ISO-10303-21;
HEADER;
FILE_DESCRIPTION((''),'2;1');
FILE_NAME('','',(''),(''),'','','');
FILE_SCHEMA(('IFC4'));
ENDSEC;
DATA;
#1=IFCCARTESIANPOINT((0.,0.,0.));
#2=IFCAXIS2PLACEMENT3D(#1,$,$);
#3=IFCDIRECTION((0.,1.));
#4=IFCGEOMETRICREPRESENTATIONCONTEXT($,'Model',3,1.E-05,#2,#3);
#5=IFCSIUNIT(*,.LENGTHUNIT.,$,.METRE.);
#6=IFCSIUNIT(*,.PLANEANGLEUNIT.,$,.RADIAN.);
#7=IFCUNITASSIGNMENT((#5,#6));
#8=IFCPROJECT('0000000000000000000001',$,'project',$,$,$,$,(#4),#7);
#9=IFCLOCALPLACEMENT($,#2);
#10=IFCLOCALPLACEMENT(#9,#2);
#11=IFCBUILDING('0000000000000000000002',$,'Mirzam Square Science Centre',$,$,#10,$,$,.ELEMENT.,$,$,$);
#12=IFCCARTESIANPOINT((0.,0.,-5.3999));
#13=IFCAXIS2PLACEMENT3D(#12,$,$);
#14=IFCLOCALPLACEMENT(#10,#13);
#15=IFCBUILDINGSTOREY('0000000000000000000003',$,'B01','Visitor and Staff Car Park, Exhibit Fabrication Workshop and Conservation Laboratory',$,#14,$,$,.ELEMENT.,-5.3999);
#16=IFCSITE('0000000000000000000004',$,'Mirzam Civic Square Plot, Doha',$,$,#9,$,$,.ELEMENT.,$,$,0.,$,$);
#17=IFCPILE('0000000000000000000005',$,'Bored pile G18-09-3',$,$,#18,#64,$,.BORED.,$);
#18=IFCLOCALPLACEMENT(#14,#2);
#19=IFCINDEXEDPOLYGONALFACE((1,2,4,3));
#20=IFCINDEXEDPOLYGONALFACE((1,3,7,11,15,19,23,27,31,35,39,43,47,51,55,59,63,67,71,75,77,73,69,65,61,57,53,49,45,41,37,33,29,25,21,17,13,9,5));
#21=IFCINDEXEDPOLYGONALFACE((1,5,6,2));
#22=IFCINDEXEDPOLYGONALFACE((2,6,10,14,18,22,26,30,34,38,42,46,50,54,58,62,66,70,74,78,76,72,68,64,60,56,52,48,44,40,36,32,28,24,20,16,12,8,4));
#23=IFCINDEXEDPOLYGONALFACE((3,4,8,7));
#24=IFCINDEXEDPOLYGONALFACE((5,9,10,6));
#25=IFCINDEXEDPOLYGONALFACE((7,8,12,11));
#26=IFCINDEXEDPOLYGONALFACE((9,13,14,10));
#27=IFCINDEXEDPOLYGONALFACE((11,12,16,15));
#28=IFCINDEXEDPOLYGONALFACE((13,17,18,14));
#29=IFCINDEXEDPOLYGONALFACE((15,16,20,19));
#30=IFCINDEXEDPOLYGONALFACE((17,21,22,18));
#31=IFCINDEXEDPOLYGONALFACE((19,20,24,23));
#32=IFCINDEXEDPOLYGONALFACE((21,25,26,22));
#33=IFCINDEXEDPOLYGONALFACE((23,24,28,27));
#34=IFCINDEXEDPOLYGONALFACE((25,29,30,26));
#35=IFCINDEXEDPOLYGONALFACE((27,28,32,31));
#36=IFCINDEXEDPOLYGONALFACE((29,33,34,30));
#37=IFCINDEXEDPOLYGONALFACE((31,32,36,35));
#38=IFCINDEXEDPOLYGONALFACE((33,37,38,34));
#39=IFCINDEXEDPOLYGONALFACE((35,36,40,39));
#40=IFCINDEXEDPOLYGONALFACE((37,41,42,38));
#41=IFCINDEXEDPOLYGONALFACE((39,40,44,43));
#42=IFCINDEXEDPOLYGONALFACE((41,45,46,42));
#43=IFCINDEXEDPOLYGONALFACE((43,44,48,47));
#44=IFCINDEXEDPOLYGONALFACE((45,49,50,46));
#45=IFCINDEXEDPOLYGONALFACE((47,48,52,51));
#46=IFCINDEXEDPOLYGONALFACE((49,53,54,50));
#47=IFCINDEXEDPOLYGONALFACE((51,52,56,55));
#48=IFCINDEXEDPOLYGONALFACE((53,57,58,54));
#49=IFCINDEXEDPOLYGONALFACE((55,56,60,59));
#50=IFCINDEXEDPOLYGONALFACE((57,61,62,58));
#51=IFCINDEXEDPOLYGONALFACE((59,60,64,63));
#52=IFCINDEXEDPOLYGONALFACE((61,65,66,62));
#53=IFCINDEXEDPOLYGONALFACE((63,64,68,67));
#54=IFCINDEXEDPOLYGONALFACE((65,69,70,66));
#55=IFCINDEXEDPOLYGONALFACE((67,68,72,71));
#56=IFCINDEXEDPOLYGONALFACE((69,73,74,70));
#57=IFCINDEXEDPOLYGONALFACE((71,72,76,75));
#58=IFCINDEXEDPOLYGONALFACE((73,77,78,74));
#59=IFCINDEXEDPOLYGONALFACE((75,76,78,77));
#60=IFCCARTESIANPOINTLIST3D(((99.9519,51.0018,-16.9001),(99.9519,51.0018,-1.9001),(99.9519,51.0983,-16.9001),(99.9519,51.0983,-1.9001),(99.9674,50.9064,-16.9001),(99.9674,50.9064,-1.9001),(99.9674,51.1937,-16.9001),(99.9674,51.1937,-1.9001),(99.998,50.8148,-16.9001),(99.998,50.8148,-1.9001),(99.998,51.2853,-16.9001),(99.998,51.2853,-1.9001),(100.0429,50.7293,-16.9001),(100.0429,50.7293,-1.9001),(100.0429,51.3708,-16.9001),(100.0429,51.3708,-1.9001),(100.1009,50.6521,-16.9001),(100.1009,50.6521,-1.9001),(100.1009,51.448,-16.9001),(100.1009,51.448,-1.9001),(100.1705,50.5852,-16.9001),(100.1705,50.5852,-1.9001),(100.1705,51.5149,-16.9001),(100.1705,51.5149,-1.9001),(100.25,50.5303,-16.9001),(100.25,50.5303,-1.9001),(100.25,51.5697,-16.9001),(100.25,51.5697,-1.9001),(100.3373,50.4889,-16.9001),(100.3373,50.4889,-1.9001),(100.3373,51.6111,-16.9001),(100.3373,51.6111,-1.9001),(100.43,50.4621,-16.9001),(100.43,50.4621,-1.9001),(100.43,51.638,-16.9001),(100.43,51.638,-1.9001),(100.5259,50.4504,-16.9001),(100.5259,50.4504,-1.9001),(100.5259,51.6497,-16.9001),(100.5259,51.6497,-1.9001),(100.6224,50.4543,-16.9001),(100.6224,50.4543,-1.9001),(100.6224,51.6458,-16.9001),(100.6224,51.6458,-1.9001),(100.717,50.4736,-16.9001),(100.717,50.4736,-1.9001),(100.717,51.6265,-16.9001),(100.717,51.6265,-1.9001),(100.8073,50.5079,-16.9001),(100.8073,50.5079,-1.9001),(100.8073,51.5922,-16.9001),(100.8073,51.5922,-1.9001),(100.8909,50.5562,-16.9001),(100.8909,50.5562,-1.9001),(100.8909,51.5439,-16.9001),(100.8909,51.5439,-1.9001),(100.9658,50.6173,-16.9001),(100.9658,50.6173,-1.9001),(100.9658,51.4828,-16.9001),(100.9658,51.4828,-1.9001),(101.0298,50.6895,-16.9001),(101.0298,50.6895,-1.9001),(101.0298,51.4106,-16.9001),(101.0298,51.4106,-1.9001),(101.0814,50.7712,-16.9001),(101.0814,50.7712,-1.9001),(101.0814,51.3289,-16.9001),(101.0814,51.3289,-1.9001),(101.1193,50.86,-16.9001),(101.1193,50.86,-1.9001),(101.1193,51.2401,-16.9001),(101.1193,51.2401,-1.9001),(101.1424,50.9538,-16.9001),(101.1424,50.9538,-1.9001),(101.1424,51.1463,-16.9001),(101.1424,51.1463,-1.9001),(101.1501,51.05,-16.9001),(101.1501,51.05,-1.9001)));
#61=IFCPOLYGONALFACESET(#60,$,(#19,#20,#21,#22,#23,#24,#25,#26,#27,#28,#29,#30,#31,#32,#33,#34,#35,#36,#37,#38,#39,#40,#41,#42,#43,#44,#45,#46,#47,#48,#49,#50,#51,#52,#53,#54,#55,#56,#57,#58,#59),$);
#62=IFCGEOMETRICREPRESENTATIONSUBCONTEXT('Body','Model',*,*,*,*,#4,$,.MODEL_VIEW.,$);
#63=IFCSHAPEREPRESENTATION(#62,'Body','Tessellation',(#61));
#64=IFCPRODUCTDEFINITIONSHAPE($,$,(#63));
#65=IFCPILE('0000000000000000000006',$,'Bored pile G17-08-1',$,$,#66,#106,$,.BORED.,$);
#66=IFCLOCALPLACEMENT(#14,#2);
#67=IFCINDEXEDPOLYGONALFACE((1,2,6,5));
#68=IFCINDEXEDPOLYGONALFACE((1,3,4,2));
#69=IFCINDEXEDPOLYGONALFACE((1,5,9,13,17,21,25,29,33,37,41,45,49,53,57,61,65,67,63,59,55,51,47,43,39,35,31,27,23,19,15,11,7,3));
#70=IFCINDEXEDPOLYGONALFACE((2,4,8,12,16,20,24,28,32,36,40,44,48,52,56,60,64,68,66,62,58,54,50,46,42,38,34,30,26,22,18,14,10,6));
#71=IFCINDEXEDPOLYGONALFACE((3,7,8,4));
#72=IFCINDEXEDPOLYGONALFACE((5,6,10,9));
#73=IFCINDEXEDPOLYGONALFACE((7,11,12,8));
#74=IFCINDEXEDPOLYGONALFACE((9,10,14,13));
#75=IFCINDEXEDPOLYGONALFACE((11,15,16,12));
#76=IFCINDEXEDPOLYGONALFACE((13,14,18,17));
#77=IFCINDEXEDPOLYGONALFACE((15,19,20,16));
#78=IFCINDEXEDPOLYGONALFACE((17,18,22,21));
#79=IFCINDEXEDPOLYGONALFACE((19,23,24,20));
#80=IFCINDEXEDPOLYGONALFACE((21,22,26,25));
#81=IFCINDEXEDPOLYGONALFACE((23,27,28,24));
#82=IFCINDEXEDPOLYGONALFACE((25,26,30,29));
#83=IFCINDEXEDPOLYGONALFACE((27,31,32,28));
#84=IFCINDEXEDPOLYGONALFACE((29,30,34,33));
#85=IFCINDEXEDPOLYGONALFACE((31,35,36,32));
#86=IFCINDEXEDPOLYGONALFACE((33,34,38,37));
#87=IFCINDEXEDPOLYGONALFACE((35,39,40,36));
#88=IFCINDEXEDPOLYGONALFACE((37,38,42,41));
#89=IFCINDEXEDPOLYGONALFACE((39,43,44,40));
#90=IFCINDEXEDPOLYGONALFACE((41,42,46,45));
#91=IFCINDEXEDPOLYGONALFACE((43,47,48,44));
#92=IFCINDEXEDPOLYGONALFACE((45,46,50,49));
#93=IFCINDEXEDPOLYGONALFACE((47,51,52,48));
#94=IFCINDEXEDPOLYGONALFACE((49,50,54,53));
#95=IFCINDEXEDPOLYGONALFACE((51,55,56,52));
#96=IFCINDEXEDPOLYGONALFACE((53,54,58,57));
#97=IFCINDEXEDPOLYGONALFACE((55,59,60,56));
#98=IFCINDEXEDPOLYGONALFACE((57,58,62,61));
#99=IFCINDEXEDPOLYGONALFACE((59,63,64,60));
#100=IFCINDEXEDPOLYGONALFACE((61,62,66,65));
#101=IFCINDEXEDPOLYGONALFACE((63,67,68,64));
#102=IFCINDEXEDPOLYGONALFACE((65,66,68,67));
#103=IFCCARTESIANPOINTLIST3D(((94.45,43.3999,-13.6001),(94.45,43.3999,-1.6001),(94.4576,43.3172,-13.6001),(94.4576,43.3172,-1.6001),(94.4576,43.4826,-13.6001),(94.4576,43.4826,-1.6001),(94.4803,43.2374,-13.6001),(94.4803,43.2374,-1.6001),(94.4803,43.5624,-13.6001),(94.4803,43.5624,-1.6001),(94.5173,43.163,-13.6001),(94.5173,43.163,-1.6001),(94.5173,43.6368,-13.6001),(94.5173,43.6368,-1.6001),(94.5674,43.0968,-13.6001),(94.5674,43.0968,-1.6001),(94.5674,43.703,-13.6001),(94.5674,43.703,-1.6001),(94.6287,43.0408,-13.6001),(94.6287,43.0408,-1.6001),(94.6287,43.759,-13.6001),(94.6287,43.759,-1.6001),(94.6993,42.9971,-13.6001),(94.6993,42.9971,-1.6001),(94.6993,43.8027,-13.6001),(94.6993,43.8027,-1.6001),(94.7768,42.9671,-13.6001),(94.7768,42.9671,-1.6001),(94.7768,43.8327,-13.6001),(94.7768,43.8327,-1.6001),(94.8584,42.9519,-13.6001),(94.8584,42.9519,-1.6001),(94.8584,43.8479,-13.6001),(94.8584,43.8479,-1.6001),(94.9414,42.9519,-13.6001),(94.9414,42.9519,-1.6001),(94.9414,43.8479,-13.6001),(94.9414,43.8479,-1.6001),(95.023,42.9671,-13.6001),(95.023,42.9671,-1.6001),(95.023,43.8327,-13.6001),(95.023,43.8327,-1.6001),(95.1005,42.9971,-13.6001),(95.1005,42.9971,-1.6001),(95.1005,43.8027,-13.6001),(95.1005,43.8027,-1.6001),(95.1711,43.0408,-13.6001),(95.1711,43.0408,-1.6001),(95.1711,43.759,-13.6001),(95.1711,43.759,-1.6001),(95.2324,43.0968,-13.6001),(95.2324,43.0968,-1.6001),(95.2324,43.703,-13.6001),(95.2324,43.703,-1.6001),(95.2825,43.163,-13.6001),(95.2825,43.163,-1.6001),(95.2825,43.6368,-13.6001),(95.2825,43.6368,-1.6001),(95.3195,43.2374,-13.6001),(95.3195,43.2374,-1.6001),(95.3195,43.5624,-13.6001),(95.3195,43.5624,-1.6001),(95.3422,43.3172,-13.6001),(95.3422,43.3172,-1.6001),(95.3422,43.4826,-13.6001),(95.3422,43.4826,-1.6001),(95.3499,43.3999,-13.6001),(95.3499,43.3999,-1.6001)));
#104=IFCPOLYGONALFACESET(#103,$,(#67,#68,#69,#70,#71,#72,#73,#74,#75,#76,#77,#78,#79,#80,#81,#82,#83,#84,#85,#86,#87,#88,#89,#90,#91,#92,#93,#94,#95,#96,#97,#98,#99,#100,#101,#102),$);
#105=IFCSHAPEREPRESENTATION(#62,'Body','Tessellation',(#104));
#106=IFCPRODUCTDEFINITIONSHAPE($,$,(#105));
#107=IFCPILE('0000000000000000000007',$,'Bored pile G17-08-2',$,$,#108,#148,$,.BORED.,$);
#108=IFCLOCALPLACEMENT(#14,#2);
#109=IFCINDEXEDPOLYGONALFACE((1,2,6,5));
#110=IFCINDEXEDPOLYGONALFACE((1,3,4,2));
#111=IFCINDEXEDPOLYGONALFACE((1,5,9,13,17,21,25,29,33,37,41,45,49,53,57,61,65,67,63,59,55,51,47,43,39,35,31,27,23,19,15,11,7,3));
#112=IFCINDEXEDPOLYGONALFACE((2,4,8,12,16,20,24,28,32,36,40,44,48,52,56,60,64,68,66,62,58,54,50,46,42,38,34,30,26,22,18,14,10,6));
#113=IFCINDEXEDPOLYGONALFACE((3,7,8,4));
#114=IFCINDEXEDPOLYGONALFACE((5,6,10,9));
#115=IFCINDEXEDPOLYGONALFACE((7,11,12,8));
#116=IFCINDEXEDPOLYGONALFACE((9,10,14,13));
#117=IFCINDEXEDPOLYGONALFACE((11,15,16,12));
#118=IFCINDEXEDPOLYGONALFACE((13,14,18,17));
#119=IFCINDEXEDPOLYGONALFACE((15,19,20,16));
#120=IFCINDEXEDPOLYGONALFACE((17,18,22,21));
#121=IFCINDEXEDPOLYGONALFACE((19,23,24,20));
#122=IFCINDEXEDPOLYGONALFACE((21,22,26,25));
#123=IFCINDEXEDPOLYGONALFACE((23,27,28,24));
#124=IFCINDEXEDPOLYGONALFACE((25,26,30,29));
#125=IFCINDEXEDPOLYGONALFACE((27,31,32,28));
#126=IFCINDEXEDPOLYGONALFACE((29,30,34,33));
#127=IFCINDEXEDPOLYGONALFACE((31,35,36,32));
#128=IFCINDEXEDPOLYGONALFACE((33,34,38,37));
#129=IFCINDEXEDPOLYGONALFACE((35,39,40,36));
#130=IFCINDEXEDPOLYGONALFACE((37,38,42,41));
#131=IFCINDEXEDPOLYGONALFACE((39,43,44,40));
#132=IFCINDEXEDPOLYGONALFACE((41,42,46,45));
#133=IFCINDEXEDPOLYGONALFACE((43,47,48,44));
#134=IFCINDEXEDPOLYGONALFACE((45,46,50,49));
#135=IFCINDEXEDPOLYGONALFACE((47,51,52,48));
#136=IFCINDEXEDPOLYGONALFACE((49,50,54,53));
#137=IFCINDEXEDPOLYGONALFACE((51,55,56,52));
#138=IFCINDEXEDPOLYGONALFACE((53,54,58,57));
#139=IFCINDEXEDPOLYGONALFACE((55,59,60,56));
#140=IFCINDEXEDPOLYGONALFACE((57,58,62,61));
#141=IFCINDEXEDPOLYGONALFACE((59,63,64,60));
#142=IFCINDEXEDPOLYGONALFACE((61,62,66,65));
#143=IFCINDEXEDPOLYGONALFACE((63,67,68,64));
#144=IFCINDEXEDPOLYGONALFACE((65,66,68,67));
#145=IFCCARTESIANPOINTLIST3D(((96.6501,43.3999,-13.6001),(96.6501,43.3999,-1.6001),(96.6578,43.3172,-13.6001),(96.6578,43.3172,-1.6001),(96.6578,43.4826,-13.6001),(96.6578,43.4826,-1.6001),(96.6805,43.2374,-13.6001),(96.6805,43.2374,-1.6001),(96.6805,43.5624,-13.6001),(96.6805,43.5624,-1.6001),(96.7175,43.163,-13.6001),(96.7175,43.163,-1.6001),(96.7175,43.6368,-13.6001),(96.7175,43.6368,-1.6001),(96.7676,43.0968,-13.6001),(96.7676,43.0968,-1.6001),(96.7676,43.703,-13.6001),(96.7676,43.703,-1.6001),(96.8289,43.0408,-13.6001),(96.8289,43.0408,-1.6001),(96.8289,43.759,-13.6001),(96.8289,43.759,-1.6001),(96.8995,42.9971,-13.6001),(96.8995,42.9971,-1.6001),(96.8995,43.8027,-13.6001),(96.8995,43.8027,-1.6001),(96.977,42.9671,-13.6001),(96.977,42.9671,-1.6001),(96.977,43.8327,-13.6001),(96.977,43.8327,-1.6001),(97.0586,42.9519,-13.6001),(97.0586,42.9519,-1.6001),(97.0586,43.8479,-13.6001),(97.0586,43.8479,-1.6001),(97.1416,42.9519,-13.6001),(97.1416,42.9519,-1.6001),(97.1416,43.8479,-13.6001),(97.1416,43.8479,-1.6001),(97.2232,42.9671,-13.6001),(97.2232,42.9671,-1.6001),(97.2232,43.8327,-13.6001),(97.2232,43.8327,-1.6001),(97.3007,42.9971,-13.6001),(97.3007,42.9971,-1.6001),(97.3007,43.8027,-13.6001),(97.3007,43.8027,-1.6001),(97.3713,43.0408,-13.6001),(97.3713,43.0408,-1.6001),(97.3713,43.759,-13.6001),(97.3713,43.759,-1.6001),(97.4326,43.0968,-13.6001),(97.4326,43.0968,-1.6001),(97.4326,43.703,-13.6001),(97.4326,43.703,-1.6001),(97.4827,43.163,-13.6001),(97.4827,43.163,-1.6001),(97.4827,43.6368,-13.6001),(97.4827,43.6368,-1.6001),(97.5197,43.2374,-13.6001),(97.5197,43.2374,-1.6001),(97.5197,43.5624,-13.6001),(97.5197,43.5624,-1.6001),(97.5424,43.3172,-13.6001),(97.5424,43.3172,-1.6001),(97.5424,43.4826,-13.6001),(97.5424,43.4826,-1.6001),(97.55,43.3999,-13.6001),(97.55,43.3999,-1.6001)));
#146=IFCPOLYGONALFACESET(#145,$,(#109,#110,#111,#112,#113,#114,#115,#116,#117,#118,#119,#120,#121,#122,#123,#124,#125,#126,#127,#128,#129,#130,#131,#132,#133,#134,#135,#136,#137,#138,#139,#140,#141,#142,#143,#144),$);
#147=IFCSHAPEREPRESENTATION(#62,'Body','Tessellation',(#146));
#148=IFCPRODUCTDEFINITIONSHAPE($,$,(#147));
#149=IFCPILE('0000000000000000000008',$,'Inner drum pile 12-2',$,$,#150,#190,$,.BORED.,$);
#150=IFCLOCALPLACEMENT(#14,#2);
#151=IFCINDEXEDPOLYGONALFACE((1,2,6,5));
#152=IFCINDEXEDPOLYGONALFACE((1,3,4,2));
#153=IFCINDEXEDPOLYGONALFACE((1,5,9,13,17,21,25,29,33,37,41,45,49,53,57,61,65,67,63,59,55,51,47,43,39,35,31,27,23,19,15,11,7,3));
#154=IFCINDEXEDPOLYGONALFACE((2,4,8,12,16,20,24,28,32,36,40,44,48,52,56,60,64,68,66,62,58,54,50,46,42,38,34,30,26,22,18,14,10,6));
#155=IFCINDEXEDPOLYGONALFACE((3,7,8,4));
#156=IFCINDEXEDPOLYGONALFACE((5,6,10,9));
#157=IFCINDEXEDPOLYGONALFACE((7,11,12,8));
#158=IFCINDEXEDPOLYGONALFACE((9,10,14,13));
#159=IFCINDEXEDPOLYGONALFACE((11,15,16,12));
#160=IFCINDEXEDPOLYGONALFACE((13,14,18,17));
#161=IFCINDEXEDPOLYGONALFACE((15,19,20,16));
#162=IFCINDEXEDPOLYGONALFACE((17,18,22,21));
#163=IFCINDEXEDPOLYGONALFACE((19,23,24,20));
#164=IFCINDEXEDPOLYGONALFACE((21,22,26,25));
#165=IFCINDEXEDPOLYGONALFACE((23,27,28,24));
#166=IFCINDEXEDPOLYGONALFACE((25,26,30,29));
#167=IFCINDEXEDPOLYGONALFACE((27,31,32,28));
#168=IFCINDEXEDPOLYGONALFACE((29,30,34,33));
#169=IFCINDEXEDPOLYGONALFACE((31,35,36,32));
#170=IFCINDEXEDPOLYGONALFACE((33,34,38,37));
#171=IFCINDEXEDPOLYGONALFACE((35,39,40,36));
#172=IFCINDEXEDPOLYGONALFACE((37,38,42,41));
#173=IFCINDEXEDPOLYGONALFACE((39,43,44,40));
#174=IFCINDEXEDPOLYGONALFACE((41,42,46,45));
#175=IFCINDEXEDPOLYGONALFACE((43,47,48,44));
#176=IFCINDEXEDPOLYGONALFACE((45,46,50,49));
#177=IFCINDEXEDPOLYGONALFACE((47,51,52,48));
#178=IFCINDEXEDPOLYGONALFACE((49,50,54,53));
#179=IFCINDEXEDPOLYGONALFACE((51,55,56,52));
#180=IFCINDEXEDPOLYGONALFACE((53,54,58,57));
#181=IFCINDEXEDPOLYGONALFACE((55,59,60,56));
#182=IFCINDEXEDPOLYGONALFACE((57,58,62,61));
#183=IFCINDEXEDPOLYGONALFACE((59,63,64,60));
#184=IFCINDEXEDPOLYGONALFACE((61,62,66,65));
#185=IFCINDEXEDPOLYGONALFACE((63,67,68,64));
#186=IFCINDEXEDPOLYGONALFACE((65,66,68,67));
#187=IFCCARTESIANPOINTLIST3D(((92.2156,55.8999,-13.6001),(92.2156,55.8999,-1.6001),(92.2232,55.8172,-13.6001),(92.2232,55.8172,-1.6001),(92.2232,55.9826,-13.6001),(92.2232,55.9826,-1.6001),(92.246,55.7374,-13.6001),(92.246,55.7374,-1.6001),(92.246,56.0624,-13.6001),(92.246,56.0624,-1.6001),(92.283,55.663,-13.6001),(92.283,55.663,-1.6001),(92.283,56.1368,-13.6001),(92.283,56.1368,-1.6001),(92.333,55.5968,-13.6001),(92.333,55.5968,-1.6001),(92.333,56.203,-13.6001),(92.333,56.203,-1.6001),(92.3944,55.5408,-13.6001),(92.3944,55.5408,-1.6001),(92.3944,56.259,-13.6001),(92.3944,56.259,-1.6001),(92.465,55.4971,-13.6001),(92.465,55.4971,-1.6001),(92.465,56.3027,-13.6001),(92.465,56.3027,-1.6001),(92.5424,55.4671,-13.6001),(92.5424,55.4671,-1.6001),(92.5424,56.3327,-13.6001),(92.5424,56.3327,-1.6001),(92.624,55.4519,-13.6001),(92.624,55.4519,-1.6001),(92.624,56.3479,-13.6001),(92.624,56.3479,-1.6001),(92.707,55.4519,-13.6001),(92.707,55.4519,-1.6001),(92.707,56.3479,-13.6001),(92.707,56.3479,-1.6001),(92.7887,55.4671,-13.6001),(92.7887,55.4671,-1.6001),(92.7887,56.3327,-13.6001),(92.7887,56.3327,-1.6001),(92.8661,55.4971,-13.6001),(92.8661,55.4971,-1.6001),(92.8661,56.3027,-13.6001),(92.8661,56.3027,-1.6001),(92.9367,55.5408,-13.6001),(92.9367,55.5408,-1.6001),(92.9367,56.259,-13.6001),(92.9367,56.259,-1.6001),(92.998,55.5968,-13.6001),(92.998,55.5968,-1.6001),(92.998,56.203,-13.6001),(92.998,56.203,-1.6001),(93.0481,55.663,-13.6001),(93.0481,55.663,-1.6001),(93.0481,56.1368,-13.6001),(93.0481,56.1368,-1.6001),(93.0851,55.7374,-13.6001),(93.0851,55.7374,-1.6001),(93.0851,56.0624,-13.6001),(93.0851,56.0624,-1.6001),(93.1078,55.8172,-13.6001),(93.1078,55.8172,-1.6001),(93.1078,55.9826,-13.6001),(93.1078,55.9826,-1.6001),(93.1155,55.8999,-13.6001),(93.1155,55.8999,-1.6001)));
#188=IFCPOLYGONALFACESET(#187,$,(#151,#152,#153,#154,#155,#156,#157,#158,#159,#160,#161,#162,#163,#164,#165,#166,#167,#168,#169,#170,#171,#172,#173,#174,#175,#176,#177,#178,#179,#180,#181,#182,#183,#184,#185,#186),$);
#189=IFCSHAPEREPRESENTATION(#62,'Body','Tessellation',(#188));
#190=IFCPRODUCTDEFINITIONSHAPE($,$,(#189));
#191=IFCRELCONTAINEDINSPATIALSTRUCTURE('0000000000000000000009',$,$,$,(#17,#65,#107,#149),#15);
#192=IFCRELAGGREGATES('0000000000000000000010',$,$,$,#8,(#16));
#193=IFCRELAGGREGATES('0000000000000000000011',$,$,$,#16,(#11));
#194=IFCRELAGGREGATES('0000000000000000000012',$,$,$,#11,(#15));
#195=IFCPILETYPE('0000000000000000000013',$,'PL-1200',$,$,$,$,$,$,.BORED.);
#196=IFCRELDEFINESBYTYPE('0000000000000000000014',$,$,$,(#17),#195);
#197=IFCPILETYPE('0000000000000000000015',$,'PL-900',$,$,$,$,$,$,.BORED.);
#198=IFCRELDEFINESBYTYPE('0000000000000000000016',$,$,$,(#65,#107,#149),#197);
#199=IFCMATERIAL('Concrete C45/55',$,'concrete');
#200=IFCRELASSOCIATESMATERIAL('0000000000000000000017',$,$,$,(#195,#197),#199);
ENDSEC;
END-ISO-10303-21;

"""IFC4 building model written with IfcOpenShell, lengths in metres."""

from ifc_helpers import new_model, si_unit, direction, frame, origin, origin_2d, place, context, subcontext, project, spatial, circle, extrude, material, material_profile, profile_set, type_object, element, save


model = new_model("IFC4")

# Units and contexts
model_context = context("Model", 3, precision=1e-05, world=origin(), true_north=direction((0.0, 1.0)))
body_context = subcontext(model_context, "Body", "Model", "MODEL_VIEW")
ifc_project = project(units=[si_unit("LENGTHUNIT", "METRE"), si_unit("PLANEANGLEUNIT", "RADIAN")], contexts=[model_context])

# Site, building, storey
site_placement = place(None, origin())
site = spatial("IfcSite", under=ifc_project, at=site_placement, Name="Mirzam Civic Square Plot, Doha", CompositionType="ELEMENT", RefElevation=0.0)
building_placement = place(site_placement, origin())
building = spatial("IfcBuilding", under=site, at=building_placement, Name="Mirzam Square Science Centre", CompositionType="ELEMENT")
storey_placement = place(building_placement, frame((0.0, 0.0, -5.3999)))
storey = spatial("IfcBuildingStorey", under=building, at=storey_placement, Name="B01", Description="Visitor and Staff Car Park, Exhibit Fabrication Workshop and Conservation Laboratory", CompositionType="ELEMENT", Elevation=-5.3999)

# Shared definitions
ifc_material_1 = material(Name="Concrete C45/55", Category="concrete")

# Piles
ifc_material_profile_1 = material_profile(ifc_material_1, circle(Radius=0.6001, at=origin_2d()), Name="PILE-D1200")
ifc_profile_set_1 = profile_set([ifc_material_profile_1], Name="Concrete C45/55")
pile_type_1 = type_object("IfcPileType", Name="PL-1200", PredefinedType="BORED", material=ifc_profile_set_1)
for number, where, z_axis, x_axis, name in (
    (1, (100.55, 51.05, -1.9001), (0.0, 0.0, -1.0), (1.0, 0.0, 0.0), "Bored pile G18-09-3"),
):
    element("IfcPile", number, at=place(storey_placement, frame(where, z_axis=z_axis, x_axis=x_axis)), inside=storey, type_object=pile_type_1, Name=name, PredefinedType="BORED", context=body_context, shape_type="SweptSolid", body=[
        extrude(circle(Radius=0.6001, at=origin_2d()), origin(), (0.0, 0.0, 1.0), 15.0),
    ])
ifc_material_profile_2 = material_profile(ifc_material_1, circle(Radius=0.45, at=origin_2d()), Name="PILE-D900")
ifc_profile_set_2 = profile_set([ifc_material_profile_2], Name="Concrete C45/55")
pile_type_2 = type_object("IfcPileType", Name="PL-900", PredefinedType="BORED", material=ifc_profile_set_2)
for number, where, z_axis, x_axis, name in (
    (2, (94.8999, 43.3999, -1.6001), (0.0, 0.0, -1.0), (1.0, 0.0, 0.0), "Bored pile G17-08-1"),
    (3, (97.1001, 43.3999, -1.6001), (0.0, 0.0, -1.0), (1.0, 0.0, 0.0), "Bored pile G17-08-2"),
    (4, (92.6655, 55.8999, -1.6001), (0.0, 0.0, -1.0), (1.0, 0.0, 0.0), "Inner drum pile 12-2"),
):
    element("IfcPile", number, at=place(storey_placement, frame(where, z_axis=z_axis, x_axis=x_axis)), inside=storey, type_object=pile_type_2, Name=name, PredefinedType="BORED", context=body_context, shape_type="SweptSolid", body=[
        extrude(circle(Radius=0.45, at=origin_2d()), origin(), (0.0, 0.0, 1.0), 12.0),
    ])

save(model, "model.ifc")
